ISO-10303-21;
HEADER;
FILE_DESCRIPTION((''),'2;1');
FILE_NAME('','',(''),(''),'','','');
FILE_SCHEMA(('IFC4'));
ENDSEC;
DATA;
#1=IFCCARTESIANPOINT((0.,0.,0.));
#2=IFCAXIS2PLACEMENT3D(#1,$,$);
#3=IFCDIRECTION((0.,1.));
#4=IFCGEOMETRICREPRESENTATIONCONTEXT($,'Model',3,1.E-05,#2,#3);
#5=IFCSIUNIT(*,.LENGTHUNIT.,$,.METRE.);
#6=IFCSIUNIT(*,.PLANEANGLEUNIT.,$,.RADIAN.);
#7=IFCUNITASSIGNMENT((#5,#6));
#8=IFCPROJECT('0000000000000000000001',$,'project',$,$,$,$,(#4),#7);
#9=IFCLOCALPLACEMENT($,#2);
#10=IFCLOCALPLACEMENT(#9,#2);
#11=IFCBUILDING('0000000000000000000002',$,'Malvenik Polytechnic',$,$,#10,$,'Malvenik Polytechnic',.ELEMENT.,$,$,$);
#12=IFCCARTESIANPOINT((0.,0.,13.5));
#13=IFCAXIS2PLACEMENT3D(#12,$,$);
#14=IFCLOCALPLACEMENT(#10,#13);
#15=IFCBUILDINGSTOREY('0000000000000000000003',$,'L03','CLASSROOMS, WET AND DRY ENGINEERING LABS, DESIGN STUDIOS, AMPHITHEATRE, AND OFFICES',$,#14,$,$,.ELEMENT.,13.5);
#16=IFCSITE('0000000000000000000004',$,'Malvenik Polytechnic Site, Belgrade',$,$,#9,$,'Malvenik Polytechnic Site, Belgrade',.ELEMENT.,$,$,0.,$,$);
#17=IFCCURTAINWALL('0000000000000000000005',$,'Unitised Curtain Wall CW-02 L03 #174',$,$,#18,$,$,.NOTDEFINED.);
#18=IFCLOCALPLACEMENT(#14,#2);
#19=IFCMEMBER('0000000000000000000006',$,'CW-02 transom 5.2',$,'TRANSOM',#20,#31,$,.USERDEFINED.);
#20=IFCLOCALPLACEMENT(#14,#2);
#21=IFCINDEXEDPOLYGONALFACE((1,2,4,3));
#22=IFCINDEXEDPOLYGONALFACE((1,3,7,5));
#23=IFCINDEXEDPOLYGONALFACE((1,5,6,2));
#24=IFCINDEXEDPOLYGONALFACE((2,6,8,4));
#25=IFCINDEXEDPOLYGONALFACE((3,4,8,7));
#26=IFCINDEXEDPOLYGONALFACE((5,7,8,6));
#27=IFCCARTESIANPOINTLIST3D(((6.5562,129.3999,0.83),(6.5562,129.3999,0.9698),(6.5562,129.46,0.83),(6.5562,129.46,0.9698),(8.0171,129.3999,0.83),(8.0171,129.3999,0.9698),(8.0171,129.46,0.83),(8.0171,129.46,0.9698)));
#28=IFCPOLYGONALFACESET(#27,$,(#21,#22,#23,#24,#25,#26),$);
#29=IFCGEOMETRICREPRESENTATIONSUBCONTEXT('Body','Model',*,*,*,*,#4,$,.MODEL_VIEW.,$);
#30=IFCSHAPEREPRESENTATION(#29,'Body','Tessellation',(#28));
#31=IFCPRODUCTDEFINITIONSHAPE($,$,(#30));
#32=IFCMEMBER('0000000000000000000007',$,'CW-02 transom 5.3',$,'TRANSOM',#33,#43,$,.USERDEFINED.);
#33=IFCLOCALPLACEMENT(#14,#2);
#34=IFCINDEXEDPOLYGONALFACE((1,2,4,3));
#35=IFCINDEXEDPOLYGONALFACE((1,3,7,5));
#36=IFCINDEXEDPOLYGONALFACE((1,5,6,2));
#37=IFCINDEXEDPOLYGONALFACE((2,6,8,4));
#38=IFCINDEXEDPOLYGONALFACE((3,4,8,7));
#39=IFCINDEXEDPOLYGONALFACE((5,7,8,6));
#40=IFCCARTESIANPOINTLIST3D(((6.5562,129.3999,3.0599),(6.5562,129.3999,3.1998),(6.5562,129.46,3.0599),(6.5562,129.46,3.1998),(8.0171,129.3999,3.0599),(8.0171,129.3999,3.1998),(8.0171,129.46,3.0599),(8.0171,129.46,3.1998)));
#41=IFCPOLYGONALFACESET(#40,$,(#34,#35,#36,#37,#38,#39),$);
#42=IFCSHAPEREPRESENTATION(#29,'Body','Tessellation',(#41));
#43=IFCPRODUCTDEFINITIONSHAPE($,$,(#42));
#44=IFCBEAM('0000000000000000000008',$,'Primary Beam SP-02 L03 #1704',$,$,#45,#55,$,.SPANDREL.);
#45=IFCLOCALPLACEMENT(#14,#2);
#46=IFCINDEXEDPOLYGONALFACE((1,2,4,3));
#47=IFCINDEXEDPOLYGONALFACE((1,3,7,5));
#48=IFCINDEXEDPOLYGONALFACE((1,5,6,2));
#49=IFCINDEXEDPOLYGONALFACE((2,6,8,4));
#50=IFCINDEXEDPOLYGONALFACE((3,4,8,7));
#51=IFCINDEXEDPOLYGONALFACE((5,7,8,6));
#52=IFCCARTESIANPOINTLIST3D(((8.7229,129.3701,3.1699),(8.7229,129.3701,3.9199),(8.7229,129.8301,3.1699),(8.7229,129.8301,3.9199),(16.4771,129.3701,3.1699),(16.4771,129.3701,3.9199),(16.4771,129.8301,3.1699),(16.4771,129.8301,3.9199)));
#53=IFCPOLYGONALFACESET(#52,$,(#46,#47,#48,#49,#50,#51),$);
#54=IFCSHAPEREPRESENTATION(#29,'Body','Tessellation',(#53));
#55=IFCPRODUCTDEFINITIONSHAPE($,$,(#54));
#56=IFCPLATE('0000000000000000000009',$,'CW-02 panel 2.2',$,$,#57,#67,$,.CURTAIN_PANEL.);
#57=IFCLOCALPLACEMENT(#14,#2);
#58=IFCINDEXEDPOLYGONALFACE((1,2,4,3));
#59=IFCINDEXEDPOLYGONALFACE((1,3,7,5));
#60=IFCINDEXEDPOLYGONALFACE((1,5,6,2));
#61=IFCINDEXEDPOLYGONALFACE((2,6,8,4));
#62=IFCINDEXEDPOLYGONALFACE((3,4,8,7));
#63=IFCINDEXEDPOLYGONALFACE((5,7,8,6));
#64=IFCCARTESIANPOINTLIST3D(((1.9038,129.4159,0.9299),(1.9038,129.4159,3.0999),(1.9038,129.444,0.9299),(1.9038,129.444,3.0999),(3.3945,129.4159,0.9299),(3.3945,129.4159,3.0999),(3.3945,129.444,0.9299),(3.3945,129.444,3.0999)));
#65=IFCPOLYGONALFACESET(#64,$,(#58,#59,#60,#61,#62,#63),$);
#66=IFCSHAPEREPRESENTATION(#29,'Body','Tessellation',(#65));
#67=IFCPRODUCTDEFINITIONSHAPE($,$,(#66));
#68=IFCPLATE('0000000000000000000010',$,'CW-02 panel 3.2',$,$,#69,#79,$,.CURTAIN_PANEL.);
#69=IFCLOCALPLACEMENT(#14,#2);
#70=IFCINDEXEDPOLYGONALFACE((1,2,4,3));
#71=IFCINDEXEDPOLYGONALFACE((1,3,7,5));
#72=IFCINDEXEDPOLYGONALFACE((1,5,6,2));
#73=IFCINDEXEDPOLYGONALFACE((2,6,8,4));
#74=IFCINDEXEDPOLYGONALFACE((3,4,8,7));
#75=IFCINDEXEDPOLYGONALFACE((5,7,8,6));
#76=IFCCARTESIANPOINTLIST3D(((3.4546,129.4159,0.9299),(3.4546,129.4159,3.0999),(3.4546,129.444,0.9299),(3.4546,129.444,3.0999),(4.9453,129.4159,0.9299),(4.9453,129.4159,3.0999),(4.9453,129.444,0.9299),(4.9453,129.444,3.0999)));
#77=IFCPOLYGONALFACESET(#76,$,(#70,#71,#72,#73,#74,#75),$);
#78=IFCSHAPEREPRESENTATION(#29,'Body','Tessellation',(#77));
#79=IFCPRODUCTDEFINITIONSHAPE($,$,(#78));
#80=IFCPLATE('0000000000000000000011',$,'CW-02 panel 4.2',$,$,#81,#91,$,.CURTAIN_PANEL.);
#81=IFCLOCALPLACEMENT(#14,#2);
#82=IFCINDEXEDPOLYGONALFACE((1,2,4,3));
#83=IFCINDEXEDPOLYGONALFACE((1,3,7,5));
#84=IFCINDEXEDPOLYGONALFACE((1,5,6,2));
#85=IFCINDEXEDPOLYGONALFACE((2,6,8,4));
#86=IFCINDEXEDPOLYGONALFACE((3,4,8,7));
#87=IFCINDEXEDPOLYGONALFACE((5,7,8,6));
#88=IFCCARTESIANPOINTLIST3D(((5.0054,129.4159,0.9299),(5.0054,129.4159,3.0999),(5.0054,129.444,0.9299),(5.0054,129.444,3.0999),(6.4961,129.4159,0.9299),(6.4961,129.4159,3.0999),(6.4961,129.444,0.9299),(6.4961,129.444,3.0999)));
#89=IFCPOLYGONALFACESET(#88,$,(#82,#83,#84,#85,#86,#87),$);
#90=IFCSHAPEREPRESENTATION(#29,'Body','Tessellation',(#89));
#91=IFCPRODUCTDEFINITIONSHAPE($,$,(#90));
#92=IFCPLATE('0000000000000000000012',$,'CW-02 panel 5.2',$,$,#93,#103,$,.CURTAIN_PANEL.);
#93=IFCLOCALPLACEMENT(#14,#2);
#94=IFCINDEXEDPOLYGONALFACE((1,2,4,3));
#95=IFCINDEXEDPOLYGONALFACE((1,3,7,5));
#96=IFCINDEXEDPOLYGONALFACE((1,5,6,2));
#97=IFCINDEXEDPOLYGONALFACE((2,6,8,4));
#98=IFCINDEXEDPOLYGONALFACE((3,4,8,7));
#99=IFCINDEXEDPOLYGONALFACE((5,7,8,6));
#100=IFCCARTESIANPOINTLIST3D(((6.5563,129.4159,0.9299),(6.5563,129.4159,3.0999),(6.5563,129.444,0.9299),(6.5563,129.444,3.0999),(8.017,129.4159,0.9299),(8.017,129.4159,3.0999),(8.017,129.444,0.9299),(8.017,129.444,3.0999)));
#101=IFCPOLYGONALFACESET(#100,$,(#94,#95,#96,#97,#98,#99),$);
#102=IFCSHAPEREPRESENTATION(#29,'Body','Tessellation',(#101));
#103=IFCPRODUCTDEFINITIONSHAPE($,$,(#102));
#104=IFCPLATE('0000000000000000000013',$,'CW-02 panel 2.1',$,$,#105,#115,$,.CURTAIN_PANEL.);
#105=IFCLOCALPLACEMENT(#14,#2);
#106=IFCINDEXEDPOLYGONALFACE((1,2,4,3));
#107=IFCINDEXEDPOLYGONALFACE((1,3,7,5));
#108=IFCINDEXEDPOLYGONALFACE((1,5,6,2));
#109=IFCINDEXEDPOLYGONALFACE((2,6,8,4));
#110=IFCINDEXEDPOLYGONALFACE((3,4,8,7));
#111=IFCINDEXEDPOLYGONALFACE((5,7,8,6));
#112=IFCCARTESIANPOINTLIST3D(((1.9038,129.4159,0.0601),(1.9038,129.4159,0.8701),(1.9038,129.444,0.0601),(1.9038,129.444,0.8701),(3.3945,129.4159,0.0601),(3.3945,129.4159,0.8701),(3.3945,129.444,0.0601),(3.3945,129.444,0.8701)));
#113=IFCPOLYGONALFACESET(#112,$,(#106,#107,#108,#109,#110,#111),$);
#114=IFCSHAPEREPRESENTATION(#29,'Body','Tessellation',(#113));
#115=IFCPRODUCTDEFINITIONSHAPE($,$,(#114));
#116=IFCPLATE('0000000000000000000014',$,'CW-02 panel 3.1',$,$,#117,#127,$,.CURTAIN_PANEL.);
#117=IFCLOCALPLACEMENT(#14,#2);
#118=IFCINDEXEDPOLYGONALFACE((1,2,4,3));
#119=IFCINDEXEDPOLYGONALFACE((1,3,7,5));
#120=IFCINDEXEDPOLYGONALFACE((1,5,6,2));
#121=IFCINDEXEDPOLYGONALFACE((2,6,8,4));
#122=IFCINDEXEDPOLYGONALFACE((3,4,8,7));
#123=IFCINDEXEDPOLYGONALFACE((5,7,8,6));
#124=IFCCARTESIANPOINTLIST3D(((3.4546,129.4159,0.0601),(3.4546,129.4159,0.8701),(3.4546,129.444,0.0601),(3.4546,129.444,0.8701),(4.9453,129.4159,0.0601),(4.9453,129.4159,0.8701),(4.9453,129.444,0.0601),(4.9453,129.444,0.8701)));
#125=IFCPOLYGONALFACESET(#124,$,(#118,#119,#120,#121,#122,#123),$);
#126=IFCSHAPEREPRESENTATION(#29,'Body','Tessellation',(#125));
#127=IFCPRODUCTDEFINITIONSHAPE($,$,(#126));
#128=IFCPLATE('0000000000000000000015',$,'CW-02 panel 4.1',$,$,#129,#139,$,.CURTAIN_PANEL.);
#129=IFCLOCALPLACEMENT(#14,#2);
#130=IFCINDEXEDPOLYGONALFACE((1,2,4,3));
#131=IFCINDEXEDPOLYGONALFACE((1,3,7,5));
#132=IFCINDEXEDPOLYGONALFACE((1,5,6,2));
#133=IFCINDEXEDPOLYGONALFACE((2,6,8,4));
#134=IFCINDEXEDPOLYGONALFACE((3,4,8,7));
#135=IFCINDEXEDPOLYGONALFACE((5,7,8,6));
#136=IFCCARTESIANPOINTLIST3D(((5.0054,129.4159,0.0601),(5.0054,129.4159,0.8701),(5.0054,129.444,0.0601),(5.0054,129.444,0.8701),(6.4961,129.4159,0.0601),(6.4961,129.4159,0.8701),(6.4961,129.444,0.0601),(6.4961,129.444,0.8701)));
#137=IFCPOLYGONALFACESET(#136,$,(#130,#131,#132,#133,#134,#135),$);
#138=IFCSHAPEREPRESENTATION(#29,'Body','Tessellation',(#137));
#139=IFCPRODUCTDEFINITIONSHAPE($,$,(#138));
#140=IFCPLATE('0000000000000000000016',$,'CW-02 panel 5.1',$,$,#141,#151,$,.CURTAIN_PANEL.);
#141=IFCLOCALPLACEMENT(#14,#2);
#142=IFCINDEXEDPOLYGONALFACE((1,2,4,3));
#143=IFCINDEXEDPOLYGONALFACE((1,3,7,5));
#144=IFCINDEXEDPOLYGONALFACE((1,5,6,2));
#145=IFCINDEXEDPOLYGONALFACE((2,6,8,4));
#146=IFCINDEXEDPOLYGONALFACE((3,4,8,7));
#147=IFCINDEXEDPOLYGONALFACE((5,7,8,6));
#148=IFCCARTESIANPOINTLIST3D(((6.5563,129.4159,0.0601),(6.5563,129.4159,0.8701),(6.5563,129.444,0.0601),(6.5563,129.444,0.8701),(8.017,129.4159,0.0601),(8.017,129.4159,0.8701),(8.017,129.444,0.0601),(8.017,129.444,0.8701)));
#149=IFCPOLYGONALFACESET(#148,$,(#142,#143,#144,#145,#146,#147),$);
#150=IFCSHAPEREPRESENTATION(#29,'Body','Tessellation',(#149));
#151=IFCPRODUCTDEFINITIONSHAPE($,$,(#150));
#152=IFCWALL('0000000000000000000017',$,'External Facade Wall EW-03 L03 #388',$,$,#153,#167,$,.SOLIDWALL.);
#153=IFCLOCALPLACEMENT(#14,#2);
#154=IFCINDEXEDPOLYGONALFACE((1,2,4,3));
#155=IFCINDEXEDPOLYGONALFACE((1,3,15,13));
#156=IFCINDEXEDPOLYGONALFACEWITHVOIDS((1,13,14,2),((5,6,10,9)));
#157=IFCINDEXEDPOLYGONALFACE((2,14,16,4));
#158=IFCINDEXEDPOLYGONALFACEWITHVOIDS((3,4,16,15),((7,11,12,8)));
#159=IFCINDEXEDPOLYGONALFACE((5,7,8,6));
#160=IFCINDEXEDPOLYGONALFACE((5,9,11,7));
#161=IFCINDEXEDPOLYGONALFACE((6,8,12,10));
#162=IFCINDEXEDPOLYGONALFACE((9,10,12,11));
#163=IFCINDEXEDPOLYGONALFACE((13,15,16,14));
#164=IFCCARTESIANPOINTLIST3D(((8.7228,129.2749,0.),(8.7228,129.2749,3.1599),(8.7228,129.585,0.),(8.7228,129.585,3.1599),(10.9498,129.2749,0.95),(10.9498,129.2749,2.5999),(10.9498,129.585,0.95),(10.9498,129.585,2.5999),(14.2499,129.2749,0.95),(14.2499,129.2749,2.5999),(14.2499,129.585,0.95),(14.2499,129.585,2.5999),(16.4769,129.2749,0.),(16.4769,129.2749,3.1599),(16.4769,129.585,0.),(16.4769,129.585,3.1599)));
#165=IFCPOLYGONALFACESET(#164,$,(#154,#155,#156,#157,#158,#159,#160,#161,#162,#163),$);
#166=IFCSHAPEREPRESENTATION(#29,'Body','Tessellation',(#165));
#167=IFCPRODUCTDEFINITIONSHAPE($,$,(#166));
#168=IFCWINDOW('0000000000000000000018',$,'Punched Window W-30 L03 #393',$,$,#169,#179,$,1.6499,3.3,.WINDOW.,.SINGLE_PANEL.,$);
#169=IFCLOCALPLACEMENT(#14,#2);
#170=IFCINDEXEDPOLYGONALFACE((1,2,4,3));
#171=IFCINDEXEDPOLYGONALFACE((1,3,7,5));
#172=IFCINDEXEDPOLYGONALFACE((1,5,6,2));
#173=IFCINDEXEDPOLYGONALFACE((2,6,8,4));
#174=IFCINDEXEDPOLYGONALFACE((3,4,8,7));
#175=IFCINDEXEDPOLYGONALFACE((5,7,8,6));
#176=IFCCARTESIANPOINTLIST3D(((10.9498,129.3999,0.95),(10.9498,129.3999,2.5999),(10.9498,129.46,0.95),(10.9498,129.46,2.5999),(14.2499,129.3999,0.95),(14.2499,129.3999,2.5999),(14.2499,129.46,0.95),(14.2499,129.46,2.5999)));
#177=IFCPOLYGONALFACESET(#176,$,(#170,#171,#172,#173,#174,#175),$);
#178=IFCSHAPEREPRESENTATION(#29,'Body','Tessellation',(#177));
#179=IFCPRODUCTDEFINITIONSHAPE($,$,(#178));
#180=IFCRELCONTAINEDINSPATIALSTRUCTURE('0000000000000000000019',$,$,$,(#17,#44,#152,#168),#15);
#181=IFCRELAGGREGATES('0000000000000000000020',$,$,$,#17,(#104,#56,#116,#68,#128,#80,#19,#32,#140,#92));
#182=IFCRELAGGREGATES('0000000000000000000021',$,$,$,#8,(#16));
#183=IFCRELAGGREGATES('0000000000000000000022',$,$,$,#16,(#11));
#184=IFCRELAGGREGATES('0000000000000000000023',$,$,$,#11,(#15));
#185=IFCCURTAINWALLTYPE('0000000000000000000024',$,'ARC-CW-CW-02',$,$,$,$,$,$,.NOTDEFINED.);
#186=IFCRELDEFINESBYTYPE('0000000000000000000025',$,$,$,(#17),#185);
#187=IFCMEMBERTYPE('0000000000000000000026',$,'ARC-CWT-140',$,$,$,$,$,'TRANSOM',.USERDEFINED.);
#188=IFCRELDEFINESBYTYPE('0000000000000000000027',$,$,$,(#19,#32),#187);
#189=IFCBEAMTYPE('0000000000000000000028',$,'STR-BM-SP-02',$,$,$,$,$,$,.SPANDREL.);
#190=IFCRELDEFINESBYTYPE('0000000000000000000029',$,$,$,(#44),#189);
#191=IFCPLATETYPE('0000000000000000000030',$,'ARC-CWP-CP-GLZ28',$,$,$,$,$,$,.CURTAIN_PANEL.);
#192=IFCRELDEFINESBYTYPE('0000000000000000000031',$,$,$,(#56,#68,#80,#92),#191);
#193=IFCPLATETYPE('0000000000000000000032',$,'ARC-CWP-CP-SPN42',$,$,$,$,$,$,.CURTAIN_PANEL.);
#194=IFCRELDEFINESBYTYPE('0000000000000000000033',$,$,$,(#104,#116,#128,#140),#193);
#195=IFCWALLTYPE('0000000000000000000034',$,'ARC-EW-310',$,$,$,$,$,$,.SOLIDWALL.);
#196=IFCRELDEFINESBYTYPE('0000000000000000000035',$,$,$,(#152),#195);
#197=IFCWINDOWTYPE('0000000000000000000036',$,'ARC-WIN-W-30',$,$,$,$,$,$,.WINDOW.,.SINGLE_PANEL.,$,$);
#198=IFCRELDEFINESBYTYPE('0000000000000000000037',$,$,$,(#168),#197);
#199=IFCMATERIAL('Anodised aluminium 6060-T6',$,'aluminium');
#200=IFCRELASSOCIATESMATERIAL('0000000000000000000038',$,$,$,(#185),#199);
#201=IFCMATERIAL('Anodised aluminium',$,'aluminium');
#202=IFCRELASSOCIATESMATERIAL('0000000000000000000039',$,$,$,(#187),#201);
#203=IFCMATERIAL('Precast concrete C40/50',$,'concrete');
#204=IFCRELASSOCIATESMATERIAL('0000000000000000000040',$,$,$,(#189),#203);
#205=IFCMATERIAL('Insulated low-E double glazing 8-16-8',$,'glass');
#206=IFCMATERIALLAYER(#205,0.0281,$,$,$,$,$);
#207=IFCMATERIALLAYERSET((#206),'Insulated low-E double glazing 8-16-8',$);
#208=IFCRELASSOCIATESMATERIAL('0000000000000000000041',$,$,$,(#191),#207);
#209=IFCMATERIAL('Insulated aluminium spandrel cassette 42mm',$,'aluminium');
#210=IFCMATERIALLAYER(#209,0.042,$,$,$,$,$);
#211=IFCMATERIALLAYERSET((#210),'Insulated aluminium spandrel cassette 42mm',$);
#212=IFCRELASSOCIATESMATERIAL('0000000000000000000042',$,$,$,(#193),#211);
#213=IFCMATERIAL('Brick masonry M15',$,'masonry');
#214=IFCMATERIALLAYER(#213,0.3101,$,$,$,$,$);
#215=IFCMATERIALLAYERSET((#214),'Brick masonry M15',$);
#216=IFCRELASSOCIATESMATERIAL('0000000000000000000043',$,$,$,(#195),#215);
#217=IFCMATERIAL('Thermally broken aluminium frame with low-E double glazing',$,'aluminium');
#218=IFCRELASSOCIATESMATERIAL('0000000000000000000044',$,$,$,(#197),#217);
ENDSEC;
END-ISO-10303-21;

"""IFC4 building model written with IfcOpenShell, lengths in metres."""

from ifc_helpers import new_model, si_unit, direction, frame, frame_2d, origin, origin_2d, place, context, subcontext, project, spatial, rectangle, extrude, material, layer, layer_set, material_profile, profile_set, type_object, element, fill, aggregate, save


model = new_model("IFC4")

# Units and contexts
model_context = context("Model", 3, precision=1e-05, world=origin(), true_north=direction((0.0, 1.0)))
body_context = subcontext(model_context, "Body", "Model", "MODEL_VIEW")
ifc_project = project(units=[si_unit("LENGTHUNIT", "METRE"), si_unit("PLANEANGLEUNIT", "RADIAN")], contexts=[model_context])

# Site, building, storey
site_placement = place(None, origin())
site = spatial("IfcSite", under=ifc_project, at=site_placement, Name="Malvenik Polytechnic Site, Belgrade", LongName="Malvenik Polytechnic Site, Belgrade", CompositionType="ELEMENT", RefElevation=0.0)
building_placement = place(site_placement, origin())
building = spatial("IfcBuilding", under=site, at=building_placement, Name="Malvenik Polytechnic", LongName="Malvenik Polytechnic", CompositionType="ELEMENT")
storey_placement = place(building_placement, frame((0.0, 0.0, 13.5)))
storey = spatial("IfcBuildingStorey", under=building, at=storey_placement, Name="L03", Description="CLASSROOMS, WET AND DRY ENGINEERING LABS, DESIGN STUDIOS, AMPHITHEATRE, AND OFFICES", CompositionType="ELEMENT", Elevation=13.5)

# Curtain wall, members
ifc_material_1 = material(Name="Anodised aluminium 6060-T6", Category="aluminium")
curtain_wall_type = type_object("IfcCurtainWallType", Name="ARC-CW-CW-02", PredefinedType="NOTDEFINED", material=ifc_material_1)
curtain_wall_placement = place(storey_placement, origin())
curtain_wall = element("IfcCurtainWall", 1, at=curtain_wall_placement, inside=storey, type_object=curtain_wall_type, Name="Unitised Curtain Wall CW-02 L03 #174", PredefinedType="NOTDEFINED")
ifc_material_2 = material(Name="Anodised aluminium", Category="aluminium")
ifc_material_profile_1 = material_profile(ifc_material_2, rectangle(XDim=0.0601, YDim=0.1399, at=origin_2d()), Name="ALU TRANSOM 60x140")
ifc_profile_set_1 = profile_set([ifc_material_profile_1], Name="Anodised aluminium")
member_type_1 = type_object("IfcMemberType", Name="ARC-CWT-140", ElementType="TRANSOM", PredefinedType="USERDEFINED", material=ifc_profile_set_1)
member_1_placement = place(storey_placement, frame((6.5562, 129.4299, 0.8999), z_axis=(1.0, 0.0, 0.0), x_axis=(0.0, 1.0, 0.0)))
member_1 = element("IfcMember", 2, at=member_1_placement, type_object=member_type_1, Name="CW-02 transom 5.2", ObjectType="TRANSOM", PredefinedType="USERDEFINED", context=body_context, shape_type="SweptSolid", body=[
    extrude(rectangle(XDim=0.0601, YDim=0.1399, at=origin_2d()), origin(), (0.0, 0.0, 1.0), 1.4609),
])
member_2_placement = place(storey_placement, frame((6.5562, 129.4299, 3.1299), z_axis=(1.0, 0.0, 0.0), x_axis=(0.0, 1.0, 0.0)))
member_2 = element("IfcMember", 3, at=member_2_placement, type_object=member_type_1, Name="CW-02 transom 5.3", ObjectType="TRANSOM", PredefinedType="USERDEFINED", context=body_context, shape_type="SweptSolid", body=[
    extrude(rectangle(XDim=0.0601, YDim=0.1399, at=origin_2d()), origin(), (0.0, 0.0, 1.0), 1.4609),
])

# Beam
ifc_material_3 = material(Name="Precast concrete C40/50", Category="concrete")
ifc_material_profile_2 = material_profile(ifc_material_3, rectangle(XDim=0.46, YDim=0.75, at=origin_2d()), Name="PC SPN 460x750")
ifc_profile_set_2 = profile_set([ifc_material_profile_2], Name="Precast concrete C40/50")
beam_type = type_object("IfcBeamType", Name="STR-BM-SP-02", PredefinedType="SPANDREL", material=ifc_profile_set_2)
beam_placement = place(storey_placement, frame((8.7229, 129.6001, 3.5449), z_axis=(1.0, 0.0, 0.0), x_axis=(0.0, 1.0, 0.0)))
element("IfcBeam", 4, at=beam_placement, inside=storey, type_object=beam_type, Name="Primary Beam SP-02 L03 #1704", PredefinedType="SPANDREL", context=body_context, shape_type="SweptSolid", body=[
    extrude(rectangle(XDim=0.46, YDim=0.75, at=origin_2d()), origin(), (0.0, 0.0, 1.0), 7.7542),
])

# Plates
ifc_material_4 = material(Name="Insulated low-E double glazing 8-16-8", Category="glass")
ifc_layer_1 = layer(ifc_material_4, 0.0281)
ifc_layer_set_1 = layer_set([ifc_layer_1], Name="Insulated low-E double glazing 8-16-8")
plate_type_1 = type_object("IfcPlateType", Name="ARC-CWP-CP-GLZ28", PredefinedType="CURTAIN_PANEL", material=ifc_layer_set_1)
plate_1_placement = place(storey_placement, frame((2.6492, 129.4299, 0.9299), z_axis=(0.0, 0.0, 1.0), x_axis=(1.0, 0.0, 0.0)))
plate_1 = element("IfcPlate", 5, at=plate_1_placement, type_object=plate_type_1, Name="CW-02 panel 2.2", PredefinedType="CURTAIN_PANEL", context=body_context, shape_type="SweptSolid", body=[
    extrude(rectangle(XDim=1.4907, YDim=0.0281, at=origin_2d()), origin(), (0.0, 0.0, 1.0), 2.1699),
])
plate_2_placement = place(storey_placement, frame((4.2, 129.4299, 0.9299), z_axis=(0.0, 0.0, 1.0), x_axis=(1.0, 0.0, 0.0)))
plate_2 = element("IfcPlate", 6, at=plate_2_placement, type_object=plate_type_1, Name="CW-02 panel 3.2", PredefinedType="CURTAIN_PANEL", context=body_context, shape_type="SweptSolid", body=[
    extrude(rectangle(XDim=1.4907, YDim=0.0281, at=origin_2d()), origin(), (0.0, 0.0, 1.0), 2.1699),
])
plate_3_placement = place(storey_placement, frame((5.7507, 129.4299, 0.9299), z_axis=(0.0, 0.0, 1.0), x_axis=(1.0, 0.0, 0.0)))
plate_3 = element("IfcPlate", 7, at=plate_3_placement, type_object=plate_type_1, Name="CW-02 panel 4.2", PredefinedType="CURTAIN_PANEL", context=body_context, shape_type="SweptSolid", body=[
    extrude(rectangle(XDim=1.4907, YDim=0.0281, at=origin_2d()), origin(), (0.0, 0.0, 1.0), 2.1699),
])
plate_4_placement = place(storey_placement, frame((7.2866, 129.4299, 0.9299), z_axis=(0.0, 0.0, 1.0), x_axis=(1.0, 0.0, 0.0)))
plate_4 = element("IfcPlate", 8, at=plate_4_placement, type_object=plate_type_1, Name="CW-02 panel 5.2", PredefinedType="CURTAIN_PANEL", context=body_context, shape_type="SweptSolid", body=[
    extrude(rectangle(XDim=1.4607, YDim=0.0281, at=origin_2d()), origin(), (0.0, 0.0, 1.0), 2.1699),
])
ifc_material_5 = material(Name="Insulated aluminium spandrel cassette 42mm", Category="aluminium")
ifc_layer_2 = layer(ifc_material_5, 0.042)
ifc_layer_set_2 = layer_set([ifc_layer_2], Name="Insulated aluminium spandrel cassette 42mm")
plate_type_2 = type_object("IfcPlateType", Name="ARC-CWP-CP-SPN42", PredefinedType="CURTAIN_PANEL", material=ifc_layer_set_2)
plate_5_placement = place(storey_placement, frame((2.6492, 129.4299, 0.0601), z_axis=(0.0, 0.0, 1.0), x_axis=(1.0, 0.0, 0.0)))
plate_5 = element("IfcPlate", 9, at=plate_5_placement, type_object=plate_type_2, Name="CW-02 panel 2.1", PredefinedType="CURTAIN_PANEL", context=body_context, shape_type="SweptSolid", body=[
    extrude(rectangle(XDim=1.4907, YDim=0.0281, at=origin_2d()), origin(), (0.0, 0.0, 1.0), 0.8101),
])
plate_6_placement = place(storey_placement, frame((4.2, 129.4299, 0.0601), z_axis=(0.0, 0.0, 1.0), x_axis=(1.0, 0.0, 0.0)))
plate_6 = element("IfcPlate", 10, at=plate_6_placement, type_object=plate_type_2, Name="CW-02 panel 3.1", PredefinedType="CURTAIN_PANEL", context=body_context, shape_type="SweptSolid", body=[
    extrude(rectangle(XDim=1.4907, YDim=0.0281, at=origin_2d()), origin(), (0.0, 0.0, 1.0), 0.8101),
])
plate_7_placement = place(storey_placement, frame((5.7507, 129.4299, 0.0601), z_axis=(0.0, 0.0, 1.0), x_axis=(1.0, 0.0, 0.0)))
plate_7 = element("IfcPlate", 11, at=plate_7_placement, type_object=plate_type_2, Name="CW-02 panel 4.1", PredefinedType="CURTAIN_PANEL", context=body_context, shape_type="SweptSolid", body=[
    extrude(rectangle(XDim=1.4907, YDim=0.0281, at=origin_2d()), origin(), (0.0, 0.0, 1.0), 0.8101),
])
plate_8_placement = place(storey_placement, frame((7.2866, 129.4299, 0.0601), z_axis=(0.0, 0.0, 1.0), x_axis=(1.0, 0.0, 0.0)))
plate_8 = element("IfcPlate", 12, at=plate_8_placement, type_object=plate_type_2, Name="CW-02 panel 5.1", PredefinedType="CURTAIN_PANEL", context=body_context, shape_type="SweptSolid", body=[
    extrude(rectangle(XDim=1.4607, YDim=0.0281, at=origin_2d()), origin(), (0.0, 0.0, 1.0), 0.8101),
])
aggregate(curtain_wall, [plate_5, plate_1, plate_6, plate_2, plate_7, plate_3, member_1, member_2, plate_8, plate_4])

# Wall, opening, window
ifc_material_6 = material(Name="Brick masonry M15", Category="masonry")
ifc_layer_3 = layer(ifc_material_6, 0.3101)
ifc_layer_set_3 = layer_set([ifc_layer_3], Name="Brick masonry M15")
wall_type = type_object("IfcWallType", Name="ARC-EW-310", PredefinedType="SOLIDWALL", material=ifc_layer_set_3)
wall_placement = place(storey_placement, frame((8.7229, 129.4299, 0.0), z_axis=(0.0, 0.0, 1.0), x_axis=(1.0, 0.0, 0.0)))
wall = element("IfcWall", 13, at=wall_placement, inside=storey, type_object=wall_type, Name="External Facade Wall EW-03 L03 #388", PredefinedType="SOLIDWALL", context=body_context, shape_type="SweptSolid", body=[
    extrude(rectangle(XDim=7.7542, YDim=0.3101, at=frame_2d((3.877, 0.0))), origin(), (0.0, 0.0, 1.0), 3.1599),
])
opening_placement = place(wall_placement, frame((2.2271, 0.0, 0.95)))
opening = element("IfcOpeningElement", 14, at=opening_placement, cuts=wall, PredefinedType="OPENING", context=body_context, shape_type="SweptSolid", body=[
    extrude(rectangle(XDim=3.3, YDim=1.6499, at=frame_2d((1.6499, 0.825))), frame((0.0, 0.165, 0.0), z_axis=(0.0, -1.0, 0.0), x_axis=(1.0, 0.0, 0.0)), (0.0, 0.0, 1.0), 0.3301),
])
ifc_material_7 = material(Name="Thermally broken aluminium frame with low-E double glazing", Category="aluminium")
window_type = type_object("IfcWindowType", Name="ARC-WIN-W-30", PartitioningType="SINGLE_PANEL", PredefinedType="WINDOW", material=ifc_material_7)
window_placement = place(opening_placement, origin())
window = element("IfcWindow", 15, at=window_placement, inside=storey, type_object=window_type, Name="Punched Window W-30 L03 #393", OverallHeight=1.6499, OverallWidth=3.3, PartitioningType="SINGLE_PANEL", PredefinedType="WINDOW", context=body_context, shape_type="SweptSolid", body=[
    extrude(rectangle(XDim=3.3, YDim=1.6499, at=frame_2d((1.6499, 0.825))), frame((0.0, 0.03, 0.0), z_axis=(0.0, -1.0, 0.0), x_axis=(1.0, 0.0, 0.0)), (0.0, 0.0, 1.0), 0.0601),
])
fill(opening, window)

save(model, "model.ifc")
